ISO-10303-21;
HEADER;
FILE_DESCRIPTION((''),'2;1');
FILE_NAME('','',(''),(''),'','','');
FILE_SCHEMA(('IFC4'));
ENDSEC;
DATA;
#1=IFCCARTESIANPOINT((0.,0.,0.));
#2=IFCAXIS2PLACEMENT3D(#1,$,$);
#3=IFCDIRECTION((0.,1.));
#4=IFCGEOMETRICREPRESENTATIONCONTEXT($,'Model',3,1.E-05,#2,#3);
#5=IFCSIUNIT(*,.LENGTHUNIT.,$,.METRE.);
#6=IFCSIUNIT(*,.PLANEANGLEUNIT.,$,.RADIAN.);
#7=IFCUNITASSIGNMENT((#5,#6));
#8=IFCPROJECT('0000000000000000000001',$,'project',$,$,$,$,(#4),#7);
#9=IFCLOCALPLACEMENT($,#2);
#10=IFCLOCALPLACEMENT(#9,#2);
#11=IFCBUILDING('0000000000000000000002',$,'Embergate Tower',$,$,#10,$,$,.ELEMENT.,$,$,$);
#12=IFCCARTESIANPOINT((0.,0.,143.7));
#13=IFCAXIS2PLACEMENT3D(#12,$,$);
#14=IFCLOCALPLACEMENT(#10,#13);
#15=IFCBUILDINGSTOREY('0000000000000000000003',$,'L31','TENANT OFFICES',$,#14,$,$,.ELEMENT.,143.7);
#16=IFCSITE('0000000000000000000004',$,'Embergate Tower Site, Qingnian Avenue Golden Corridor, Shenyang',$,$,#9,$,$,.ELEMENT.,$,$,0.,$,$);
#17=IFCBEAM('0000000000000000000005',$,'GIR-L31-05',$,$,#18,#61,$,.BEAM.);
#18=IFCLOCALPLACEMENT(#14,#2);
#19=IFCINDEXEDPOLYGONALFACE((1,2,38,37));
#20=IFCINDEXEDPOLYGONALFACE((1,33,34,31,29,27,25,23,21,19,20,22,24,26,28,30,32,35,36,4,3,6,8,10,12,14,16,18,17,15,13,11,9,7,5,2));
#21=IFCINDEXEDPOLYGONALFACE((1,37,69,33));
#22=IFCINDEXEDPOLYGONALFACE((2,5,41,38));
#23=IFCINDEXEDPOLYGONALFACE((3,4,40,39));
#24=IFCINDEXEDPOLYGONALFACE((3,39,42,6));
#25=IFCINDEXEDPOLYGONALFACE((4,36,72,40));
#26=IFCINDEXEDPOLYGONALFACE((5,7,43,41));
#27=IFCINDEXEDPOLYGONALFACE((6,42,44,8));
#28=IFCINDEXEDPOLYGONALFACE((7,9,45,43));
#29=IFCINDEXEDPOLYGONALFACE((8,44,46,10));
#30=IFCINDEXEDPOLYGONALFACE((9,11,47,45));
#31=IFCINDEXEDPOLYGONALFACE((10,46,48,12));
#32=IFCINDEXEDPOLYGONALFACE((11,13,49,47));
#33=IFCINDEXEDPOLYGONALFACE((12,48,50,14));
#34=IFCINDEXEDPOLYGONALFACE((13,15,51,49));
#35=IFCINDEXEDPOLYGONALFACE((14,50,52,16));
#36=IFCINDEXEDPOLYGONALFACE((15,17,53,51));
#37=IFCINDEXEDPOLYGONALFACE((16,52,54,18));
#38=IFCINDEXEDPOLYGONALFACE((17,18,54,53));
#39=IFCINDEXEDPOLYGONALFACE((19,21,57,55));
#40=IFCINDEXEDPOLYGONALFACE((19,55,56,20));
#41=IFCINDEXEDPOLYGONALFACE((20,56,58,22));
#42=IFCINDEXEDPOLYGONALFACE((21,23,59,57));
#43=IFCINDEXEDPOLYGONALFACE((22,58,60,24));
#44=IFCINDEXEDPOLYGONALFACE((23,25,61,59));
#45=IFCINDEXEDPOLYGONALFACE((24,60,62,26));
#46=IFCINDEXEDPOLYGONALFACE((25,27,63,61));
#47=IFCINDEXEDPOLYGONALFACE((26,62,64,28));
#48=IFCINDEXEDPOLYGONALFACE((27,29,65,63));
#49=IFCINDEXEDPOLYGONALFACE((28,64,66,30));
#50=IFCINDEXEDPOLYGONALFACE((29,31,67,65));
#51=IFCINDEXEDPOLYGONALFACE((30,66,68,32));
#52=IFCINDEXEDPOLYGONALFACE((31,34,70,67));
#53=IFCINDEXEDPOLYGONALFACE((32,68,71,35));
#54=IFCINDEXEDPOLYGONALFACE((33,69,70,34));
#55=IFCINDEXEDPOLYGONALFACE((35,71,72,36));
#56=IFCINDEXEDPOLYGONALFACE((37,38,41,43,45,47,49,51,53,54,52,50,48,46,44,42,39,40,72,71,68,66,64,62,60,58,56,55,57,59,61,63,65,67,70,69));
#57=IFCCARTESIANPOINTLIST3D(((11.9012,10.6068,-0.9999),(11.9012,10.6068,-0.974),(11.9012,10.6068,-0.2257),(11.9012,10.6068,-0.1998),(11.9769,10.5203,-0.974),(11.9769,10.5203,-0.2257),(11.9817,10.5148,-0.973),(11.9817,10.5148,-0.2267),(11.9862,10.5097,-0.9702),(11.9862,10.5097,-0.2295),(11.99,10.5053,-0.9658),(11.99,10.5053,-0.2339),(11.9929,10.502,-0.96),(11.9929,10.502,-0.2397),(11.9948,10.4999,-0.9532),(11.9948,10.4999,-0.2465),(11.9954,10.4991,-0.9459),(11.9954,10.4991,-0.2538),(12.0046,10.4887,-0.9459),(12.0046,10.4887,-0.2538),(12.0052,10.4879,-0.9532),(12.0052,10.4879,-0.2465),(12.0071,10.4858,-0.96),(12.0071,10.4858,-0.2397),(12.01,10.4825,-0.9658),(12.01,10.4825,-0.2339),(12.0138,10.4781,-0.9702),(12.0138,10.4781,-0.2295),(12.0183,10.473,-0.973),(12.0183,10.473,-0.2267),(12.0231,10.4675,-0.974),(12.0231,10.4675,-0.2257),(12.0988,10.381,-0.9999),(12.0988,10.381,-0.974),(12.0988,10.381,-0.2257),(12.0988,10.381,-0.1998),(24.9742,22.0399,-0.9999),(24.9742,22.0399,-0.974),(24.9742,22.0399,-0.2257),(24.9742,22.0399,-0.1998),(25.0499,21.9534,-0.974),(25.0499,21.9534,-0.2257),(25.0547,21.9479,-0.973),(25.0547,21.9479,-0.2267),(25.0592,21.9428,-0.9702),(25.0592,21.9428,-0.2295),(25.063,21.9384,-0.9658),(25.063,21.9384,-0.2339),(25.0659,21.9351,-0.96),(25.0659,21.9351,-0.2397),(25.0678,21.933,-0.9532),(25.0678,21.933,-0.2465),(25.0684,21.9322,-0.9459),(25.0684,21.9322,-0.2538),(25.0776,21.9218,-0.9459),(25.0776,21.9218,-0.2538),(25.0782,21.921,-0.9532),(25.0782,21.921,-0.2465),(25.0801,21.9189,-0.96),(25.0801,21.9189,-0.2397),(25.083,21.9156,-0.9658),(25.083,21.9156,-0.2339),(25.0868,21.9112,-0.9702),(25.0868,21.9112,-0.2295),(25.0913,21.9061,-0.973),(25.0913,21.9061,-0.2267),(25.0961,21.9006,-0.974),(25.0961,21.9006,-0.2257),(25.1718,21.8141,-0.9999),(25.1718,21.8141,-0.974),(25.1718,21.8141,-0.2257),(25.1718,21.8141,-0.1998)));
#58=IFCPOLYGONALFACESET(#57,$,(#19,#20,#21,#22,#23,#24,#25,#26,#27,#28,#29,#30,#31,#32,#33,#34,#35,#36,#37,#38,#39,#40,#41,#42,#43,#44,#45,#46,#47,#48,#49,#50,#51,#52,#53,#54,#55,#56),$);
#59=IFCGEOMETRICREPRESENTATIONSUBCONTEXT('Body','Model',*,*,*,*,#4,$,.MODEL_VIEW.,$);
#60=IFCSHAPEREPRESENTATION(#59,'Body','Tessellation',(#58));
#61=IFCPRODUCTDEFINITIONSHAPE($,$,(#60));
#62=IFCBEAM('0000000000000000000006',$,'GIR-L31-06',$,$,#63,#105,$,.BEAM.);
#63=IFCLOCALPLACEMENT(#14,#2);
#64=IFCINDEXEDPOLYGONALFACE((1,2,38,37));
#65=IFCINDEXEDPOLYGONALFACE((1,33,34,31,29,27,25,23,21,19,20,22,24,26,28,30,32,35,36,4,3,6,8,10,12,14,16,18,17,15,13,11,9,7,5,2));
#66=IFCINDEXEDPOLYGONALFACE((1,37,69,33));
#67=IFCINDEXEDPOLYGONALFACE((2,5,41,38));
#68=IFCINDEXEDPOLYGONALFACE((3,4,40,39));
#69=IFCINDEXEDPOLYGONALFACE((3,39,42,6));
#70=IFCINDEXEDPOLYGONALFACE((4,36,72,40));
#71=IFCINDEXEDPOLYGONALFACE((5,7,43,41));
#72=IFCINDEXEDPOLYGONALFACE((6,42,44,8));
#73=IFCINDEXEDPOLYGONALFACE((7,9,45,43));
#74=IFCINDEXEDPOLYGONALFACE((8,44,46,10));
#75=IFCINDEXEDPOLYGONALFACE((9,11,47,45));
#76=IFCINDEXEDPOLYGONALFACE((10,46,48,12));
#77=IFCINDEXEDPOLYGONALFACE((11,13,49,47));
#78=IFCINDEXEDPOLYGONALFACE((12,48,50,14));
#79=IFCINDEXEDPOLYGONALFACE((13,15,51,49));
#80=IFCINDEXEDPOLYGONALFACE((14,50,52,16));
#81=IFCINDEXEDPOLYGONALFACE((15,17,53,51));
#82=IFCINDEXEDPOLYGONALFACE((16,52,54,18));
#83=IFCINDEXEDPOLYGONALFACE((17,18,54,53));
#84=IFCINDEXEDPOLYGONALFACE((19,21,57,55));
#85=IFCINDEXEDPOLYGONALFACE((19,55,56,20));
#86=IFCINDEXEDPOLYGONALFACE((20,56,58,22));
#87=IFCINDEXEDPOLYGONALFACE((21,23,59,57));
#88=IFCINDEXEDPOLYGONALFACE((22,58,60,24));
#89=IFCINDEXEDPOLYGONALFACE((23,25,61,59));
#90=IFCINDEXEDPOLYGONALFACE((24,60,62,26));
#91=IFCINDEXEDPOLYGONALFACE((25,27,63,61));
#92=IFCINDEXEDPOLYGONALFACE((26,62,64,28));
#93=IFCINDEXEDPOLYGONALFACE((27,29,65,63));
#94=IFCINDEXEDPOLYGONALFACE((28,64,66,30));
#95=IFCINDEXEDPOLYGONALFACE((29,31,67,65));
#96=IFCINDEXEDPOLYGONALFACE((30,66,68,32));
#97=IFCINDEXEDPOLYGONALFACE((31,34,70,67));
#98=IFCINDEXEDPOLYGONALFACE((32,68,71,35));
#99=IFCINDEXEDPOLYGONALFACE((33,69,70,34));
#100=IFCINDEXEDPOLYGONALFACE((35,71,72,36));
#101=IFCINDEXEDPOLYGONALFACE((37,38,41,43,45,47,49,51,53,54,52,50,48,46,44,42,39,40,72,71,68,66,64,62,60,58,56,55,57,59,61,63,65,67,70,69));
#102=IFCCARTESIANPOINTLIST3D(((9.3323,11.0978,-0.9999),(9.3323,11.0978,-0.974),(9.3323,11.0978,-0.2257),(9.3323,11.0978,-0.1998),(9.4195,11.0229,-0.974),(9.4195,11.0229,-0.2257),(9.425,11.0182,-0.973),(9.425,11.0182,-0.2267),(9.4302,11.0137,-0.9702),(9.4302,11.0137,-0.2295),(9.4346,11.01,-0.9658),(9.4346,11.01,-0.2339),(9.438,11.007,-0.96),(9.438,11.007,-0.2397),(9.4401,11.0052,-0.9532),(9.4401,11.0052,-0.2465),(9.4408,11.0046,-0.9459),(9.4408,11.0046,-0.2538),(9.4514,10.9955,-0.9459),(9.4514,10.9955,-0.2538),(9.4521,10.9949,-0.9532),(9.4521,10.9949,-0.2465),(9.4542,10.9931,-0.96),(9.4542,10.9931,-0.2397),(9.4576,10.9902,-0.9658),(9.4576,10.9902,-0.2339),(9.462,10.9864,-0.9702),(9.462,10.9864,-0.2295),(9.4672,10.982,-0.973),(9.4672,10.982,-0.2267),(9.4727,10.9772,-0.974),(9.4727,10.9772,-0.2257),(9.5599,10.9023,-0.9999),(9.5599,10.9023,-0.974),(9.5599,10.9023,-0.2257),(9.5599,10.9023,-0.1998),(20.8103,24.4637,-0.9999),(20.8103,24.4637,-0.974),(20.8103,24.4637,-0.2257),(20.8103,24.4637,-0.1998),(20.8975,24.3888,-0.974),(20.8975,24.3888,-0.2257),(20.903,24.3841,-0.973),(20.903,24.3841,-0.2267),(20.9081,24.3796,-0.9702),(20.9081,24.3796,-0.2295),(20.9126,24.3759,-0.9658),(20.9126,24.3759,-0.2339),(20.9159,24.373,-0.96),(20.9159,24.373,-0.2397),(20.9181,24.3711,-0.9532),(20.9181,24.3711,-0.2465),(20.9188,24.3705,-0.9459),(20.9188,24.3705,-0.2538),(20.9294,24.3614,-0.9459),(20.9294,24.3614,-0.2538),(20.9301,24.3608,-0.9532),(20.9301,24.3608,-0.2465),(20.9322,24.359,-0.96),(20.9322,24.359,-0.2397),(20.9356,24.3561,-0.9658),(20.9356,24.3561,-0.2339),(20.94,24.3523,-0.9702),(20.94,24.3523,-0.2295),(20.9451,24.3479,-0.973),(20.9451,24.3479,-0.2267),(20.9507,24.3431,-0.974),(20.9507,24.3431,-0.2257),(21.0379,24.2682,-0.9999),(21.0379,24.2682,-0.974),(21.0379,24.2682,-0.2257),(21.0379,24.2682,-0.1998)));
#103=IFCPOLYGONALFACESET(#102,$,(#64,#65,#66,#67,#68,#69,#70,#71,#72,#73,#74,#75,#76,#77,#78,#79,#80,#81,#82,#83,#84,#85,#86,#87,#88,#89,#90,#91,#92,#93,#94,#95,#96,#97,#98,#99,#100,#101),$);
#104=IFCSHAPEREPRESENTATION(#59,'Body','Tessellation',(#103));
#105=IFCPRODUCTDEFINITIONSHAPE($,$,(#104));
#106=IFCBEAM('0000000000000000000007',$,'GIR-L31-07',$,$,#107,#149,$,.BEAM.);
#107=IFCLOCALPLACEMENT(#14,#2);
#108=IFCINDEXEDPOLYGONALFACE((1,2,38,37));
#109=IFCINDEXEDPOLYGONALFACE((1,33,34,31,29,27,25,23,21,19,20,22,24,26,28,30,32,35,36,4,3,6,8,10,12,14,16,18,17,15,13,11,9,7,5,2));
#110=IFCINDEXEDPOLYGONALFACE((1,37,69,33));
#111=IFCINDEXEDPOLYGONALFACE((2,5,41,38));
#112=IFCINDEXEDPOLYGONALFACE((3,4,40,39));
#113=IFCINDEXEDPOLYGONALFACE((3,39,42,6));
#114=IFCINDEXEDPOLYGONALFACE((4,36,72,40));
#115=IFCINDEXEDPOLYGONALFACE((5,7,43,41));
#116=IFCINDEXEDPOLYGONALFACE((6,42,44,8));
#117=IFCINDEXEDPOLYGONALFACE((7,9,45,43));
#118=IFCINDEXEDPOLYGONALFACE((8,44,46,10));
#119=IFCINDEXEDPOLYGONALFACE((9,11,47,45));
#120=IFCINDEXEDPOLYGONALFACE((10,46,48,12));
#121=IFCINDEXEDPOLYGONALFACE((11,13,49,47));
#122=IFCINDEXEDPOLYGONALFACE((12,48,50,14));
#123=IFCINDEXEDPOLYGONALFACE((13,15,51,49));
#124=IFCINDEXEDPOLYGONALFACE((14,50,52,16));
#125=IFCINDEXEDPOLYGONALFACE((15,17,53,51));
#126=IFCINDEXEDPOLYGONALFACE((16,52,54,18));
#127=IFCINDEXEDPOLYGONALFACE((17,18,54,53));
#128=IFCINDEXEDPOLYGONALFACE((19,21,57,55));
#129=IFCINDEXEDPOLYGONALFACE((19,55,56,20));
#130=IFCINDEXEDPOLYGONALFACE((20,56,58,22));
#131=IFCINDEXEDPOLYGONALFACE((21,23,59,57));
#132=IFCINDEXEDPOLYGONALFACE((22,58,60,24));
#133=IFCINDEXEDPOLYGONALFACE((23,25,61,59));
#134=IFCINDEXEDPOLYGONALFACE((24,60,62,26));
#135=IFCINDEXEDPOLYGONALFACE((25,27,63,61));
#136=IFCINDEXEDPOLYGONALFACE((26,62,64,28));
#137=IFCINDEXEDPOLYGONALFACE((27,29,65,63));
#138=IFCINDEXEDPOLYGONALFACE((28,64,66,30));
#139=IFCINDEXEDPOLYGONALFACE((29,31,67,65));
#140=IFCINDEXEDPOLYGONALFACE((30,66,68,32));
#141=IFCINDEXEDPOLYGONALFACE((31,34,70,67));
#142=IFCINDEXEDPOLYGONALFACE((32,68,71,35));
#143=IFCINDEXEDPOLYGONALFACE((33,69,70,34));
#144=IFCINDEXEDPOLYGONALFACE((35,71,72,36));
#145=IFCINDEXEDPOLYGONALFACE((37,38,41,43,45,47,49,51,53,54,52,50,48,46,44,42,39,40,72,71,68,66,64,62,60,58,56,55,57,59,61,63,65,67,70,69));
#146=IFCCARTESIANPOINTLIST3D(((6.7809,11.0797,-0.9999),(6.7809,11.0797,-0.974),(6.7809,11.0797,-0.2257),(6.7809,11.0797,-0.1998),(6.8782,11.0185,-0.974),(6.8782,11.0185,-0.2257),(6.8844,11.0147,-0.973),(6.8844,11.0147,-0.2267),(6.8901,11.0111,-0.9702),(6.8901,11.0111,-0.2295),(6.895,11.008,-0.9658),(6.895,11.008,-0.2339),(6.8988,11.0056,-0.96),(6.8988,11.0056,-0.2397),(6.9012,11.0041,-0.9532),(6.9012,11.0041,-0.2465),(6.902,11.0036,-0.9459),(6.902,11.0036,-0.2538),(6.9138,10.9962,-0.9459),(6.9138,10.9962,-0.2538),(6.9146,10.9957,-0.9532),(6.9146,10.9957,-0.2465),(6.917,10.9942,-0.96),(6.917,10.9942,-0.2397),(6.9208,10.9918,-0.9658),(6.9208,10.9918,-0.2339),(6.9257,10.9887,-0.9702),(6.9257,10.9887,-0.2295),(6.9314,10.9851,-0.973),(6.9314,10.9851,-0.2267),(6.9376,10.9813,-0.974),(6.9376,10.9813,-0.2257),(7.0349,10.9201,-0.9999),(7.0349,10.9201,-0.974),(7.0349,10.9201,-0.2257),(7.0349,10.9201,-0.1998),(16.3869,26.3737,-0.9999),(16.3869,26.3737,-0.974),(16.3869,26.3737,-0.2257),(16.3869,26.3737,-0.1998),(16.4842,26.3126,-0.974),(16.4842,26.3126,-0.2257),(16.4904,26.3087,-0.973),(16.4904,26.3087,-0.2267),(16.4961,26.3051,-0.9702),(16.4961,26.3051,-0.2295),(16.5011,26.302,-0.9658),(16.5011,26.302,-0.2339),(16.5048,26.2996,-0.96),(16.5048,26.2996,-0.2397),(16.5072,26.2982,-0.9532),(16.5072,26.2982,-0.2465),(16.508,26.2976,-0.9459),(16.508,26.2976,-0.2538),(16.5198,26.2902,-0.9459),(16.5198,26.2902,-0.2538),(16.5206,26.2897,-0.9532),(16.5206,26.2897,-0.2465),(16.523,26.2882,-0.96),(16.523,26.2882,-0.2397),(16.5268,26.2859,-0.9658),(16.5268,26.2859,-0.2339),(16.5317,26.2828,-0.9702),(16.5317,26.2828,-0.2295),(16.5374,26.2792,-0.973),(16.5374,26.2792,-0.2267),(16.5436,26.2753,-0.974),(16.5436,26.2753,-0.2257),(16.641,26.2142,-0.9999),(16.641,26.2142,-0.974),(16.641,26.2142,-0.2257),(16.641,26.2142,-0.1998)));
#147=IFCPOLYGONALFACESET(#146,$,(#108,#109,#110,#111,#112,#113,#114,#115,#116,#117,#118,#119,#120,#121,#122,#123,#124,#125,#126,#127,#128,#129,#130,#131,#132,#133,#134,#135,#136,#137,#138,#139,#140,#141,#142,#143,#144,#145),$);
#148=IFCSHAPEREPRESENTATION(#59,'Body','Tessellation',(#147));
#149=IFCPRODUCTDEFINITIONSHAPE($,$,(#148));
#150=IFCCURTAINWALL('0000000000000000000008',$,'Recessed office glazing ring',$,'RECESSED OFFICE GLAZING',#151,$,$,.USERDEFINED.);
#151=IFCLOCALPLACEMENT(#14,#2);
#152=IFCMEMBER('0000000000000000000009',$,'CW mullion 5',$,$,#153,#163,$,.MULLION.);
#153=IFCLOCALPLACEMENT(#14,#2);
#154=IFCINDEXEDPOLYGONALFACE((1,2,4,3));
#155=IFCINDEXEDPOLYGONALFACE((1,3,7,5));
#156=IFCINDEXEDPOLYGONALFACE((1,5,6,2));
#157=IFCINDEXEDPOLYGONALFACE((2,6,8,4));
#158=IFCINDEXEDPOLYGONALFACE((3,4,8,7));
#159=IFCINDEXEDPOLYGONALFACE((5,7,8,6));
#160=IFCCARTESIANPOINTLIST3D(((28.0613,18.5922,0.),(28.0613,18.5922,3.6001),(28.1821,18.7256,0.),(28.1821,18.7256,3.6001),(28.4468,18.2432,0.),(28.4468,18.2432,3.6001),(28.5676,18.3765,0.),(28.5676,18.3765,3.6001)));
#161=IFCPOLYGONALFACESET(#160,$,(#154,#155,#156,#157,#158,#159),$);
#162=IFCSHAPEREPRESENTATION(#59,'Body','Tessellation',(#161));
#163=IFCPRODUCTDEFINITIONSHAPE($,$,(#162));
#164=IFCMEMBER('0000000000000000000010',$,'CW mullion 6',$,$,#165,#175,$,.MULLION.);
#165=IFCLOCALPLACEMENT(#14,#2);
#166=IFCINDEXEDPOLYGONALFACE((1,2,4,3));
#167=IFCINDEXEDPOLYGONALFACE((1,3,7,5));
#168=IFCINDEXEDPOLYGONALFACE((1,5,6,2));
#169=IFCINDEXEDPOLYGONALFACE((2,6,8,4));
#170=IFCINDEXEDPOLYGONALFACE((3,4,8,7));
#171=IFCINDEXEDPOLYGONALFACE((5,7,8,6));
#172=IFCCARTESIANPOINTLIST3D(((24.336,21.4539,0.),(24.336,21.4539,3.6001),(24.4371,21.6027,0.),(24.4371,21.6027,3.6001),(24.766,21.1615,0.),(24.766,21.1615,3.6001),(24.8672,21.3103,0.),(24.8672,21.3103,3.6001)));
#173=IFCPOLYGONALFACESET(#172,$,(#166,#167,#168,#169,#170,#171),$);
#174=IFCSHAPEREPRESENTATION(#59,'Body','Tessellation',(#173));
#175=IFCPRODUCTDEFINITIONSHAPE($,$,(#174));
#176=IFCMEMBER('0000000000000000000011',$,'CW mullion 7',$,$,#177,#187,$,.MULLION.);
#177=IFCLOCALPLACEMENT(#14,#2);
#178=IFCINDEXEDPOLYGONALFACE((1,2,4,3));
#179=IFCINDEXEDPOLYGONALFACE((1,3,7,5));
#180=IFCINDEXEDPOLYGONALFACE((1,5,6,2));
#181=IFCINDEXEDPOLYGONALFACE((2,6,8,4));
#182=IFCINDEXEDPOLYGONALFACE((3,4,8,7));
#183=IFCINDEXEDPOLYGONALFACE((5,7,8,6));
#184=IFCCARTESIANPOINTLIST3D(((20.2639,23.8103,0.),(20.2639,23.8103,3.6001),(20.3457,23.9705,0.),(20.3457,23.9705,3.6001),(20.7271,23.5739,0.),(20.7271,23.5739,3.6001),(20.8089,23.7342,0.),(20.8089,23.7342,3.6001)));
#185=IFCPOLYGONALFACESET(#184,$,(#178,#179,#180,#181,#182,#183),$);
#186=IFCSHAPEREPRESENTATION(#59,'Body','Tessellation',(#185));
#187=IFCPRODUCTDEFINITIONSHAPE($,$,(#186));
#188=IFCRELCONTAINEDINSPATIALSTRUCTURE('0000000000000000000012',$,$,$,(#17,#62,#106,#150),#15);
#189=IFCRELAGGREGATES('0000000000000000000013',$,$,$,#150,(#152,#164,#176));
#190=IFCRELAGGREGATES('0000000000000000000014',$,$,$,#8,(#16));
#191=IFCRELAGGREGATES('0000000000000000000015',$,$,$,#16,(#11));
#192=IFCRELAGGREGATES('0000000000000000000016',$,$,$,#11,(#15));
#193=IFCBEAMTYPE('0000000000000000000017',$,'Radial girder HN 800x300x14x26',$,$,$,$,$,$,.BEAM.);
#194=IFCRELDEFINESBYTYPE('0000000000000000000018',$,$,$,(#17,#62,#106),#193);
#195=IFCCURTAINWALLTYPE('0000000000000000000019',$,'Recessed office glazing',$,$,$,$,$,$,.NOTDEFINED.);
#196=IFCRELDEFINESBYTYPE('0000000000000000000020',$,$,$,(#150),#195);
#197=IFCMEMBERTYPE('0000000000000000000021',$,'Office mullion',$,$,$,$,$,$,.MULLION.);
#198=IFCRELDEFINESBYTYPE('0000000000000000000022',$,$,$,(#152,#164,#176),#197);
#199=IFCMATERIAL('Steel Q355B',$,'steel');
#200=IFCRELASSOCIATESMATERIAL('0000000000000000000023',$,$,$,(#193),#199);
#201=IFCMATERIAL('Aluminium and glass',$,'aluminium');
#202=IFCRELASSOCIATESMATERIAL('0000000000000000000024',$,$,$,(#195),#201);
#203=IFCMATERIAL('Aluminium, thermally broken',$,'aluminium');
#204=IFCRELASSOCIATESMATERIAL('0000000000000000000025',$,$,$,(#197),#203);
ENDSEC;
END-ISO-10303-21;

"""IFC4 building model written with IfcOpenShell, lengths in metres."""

from ifc_helpers import new_model, si_unit, direction, frame, origin, origin_2d, place, context, subcontext, project, spatial, rectangle, i_section, extrude, source, transform, mapped, material, material_profile, profile_set, type_object, element, aggregate, save


model = new_model("IFC4")

# Units and contexts
model_context = context("Model", 3, precision=1e-05, world=origin(), true_north=direction((0.0, 1.0)))
body_context = subcontext(model_context, "Body", "Model", "MODEL_VIEW")
ifc_project = project(units=[si_unit("LENGTHUNIT", "METRE"), si_unit("PLANEANGLEUNIT", "RADIAN")], contexts=[model_context])

# Site, building, storey
site_placement = place(None, origin())
site = spatial("IfcSite", under=ifc_project, at=site_placement, Name="Embergate Tower Site, Qingnian Avenue Golden Corridor, Shenyang", CompositionType="ELEMENT", RefElevation=0.0)
building_placement = place(site_placement, origin())
building = spatial("IfcBuilding", under=site, at=building_placement, Name="Embergate Tower", CompositionType="ELEMENT")
storey_placement = place(building_placement, frame((0.0, 0.0, 143.7)))
storey = spatial("IfcBuildingStorey", under=building, at=storey_placement, Name="L31", Description="TENANT OFFICES", CompositionType="ELEMENT", Elevation=143.7)

# Beams
ifc_material_1 = material(Name="Steel Q355B", Category="steel")
ifc_material_profile_1 = material_profile(ifc_material_1, i_section(OverallWidth=0.3, OverallDepth=0.8, WebThickness=0.0139, FlangeThickness=0.0259, FilletRadius=0.0281, at=origin_2d()), Name="HN 800x300x14x26")
ifc_profile_set_1 = profile_set([ifc_material_profile_1], Name="Steel Q355 grade B")
beam_type_1 = type_object("IfcBeamType", Name="Radial girder HN 800x300x14x26", PredefinedType="BEAM", material=ifc_profile_set_1)
shared_shape_1 = source(origin(), body_context, "Body", "SweptSolid", [
    extrude(i_section(OverallWidth=0.3, OverallDepth=0.8, WebThickness=0.0139, FlangeThickness=0.0259, FilletRadius=0.0281, at=origin_2d()), origin(), (0.0, 0.0, 1.0), 17.3672),
])
beam_1_placement = place(storey_placement, frame((25.073, 21.927, -0.5999), z_axis=(-0.752741, -0.658316, 0.0), x_axis=(0.658316, -0.752741, 0.0)))
element("IfcBeam", 1, at=beam_1_placement, inside=storey, type_object=beam_type_1, Name="GIR-L31-05", PredefinedType="BEAM", context=body_context, shape_type="MappedRepresentation", body=[
    mapped(shared_shape_1, transform((0.0, 0.0, 0.0))),
])
shared_shape_2 = source(origin(), body_context, "Body", "SweptSolid", [
    extrude(i_section(OverallWidth=0.3, OverallDepth=0.8, WebThickness=0.0139, FlangeThickness=0.0259, FilletRadius=0.0281, at=origin_2d()), origin(), (0.0, 0.0, 1.0), 17.6179),
])
beam_2_placement = place(storey_placement, frame((20.9241, 24.366, -0.5999), z_axis=(-0.651494, -0.758654, 0.0), x_axis=(0.758654, -0.651494, 0.0)))
element("IfcBeam", 2, at=beam_2_placement, inside=storey, type_object=beam_type_1, Name="GIR-L31-06", PredefinedType="BEAM", context=body_context, shape_type="MappedRepresentation", body=[
    mapped(shared_shape_2, transform((0.0, 0.0, 0.0))),
])
shared_shape_3 = source(origin(), body_context, "Body", "SweptSolid", [
    extrude(i_section(OverallWidth=0.3, OverallDepth=0.8, WebThickness=0.0139, FlangeThickness=0.0259, FilletRadius=0.0281, at=origin_2d()), origin(), (0.0, 0.0, 1.0), 18.0605),
])
beam_3_placement = place(storey_placement, frame((16.5139, 26.2939, -0.5999), z_axis=(-0.531879, -0.846821, 0.0), x_axis=(0.846821, -0.531879, 0.0)))
element("IfcBeam", 3, at=beam_3_placement, inside=storey, type_object=beam_type_1, Name="GIR-L31-07", PredefinedType="BEAM", context=body_context, shape_type="MappedRepresentation", body=[
    mapped(shared_shape_3, transform((0.0, 0.0, 0.0))),
])

# Curtain wall, members
ifc_material_2 = material(Name="Aluminium and glass", Category="aluminium")
curtain_wall_type = type_object("IfcCurtainWallType", Name="Recessed office glazing", PredefinedType="NOTDEFINED", material=ifc_material_2)
curtain_wall_placement = place(storey_placement, origin())
curtain_wall = element("IfcCurtainWall", 4, at=curtain_wall_placement, inside=storey, type_object=curtain_wall_type, Name="Recessed office glazing ring", ObjectType="RECESSED OFFICE GLAZING", PredefinedType="USERDEFINED")
ifc_material_3 = material(Name="Aluminium, thermally broken", Category="aluminium")
ifc_material_profile_2 = material_profile(ifc_material_3, rectangle(XDim=0.1799, YDim=0.52, at=origin_2d()), Name="AL 520x180")
ifc_profile_set_2 = profile_set([ifc_material_profile_2], Name="Aluminium, thermally broken")
member_type_1 = type_object("IfcMemberType", Name="Office mullion", PredefinedType="MULLION", material=ifc_profile_set_2)
shared_shape_4 = source(origin(), body_context, "Body", "SweptSolid", [
    extrude(rectangle(XDim=0.1799, YDim=0.52, at=origin_2d()), origin(), (0.0, 0.0, 1.0), 3.6001),
])
member_1_placement = place(storey_placement, frame((28.3145, 18.4844, 0.0), z_axis=(0.0, 0.0, 1.0), x_axis=(-0.67122, -0.741258, 0.0)))
member_1 = element("IfcMember", 5, at=member_1_placement, type_object=member_type_1, Name="CW mullion 5", PredefinedType="MULLION", context=body_context, shape_type="MappedRepresentation", body=[
    mapped(shared_shape_4, transform((0.0, 0.0, 0.0))),
])
member_2_placement = place(storey_placement, frame((24.6016, 21.3821, 0.0), z_axis=(0.0, 0.0, 1.0), x_axis=(-0.562209, -0.826995, 0.0)))
member_2 = element("IfcMember", 6, at=member_2_placement, type_object=member_type_1, Name="CW mullion 6", PredefinedType="MULLION", context=body_context, shape_type="MappedRepresentation", body=[
    mapped(shared_shape_4, transform((0.0, 0.0, 0.0))),
])
member_3_placement = place(storey_placement, frame((20.5364, 23.7722, 0.0), z_axis=(0.0, 0.0, 1.0), x_axis=(-0.454504, -0.890745, 0.0)))
member_3 = element("IfcMember", 7, at=member_3_placement, type_object=member_type_1, Name="CW mullion 7", PredefinedType="MULLION", context=body_context, shape_type="MappedRepresentation", body=[
    mapped(shared_shape_4, transform((0.0, 0.0, 0.0))),
])
aggregate(curtain_wall, [member_1, member_2, member_3])

save(model, "model.ifc")
